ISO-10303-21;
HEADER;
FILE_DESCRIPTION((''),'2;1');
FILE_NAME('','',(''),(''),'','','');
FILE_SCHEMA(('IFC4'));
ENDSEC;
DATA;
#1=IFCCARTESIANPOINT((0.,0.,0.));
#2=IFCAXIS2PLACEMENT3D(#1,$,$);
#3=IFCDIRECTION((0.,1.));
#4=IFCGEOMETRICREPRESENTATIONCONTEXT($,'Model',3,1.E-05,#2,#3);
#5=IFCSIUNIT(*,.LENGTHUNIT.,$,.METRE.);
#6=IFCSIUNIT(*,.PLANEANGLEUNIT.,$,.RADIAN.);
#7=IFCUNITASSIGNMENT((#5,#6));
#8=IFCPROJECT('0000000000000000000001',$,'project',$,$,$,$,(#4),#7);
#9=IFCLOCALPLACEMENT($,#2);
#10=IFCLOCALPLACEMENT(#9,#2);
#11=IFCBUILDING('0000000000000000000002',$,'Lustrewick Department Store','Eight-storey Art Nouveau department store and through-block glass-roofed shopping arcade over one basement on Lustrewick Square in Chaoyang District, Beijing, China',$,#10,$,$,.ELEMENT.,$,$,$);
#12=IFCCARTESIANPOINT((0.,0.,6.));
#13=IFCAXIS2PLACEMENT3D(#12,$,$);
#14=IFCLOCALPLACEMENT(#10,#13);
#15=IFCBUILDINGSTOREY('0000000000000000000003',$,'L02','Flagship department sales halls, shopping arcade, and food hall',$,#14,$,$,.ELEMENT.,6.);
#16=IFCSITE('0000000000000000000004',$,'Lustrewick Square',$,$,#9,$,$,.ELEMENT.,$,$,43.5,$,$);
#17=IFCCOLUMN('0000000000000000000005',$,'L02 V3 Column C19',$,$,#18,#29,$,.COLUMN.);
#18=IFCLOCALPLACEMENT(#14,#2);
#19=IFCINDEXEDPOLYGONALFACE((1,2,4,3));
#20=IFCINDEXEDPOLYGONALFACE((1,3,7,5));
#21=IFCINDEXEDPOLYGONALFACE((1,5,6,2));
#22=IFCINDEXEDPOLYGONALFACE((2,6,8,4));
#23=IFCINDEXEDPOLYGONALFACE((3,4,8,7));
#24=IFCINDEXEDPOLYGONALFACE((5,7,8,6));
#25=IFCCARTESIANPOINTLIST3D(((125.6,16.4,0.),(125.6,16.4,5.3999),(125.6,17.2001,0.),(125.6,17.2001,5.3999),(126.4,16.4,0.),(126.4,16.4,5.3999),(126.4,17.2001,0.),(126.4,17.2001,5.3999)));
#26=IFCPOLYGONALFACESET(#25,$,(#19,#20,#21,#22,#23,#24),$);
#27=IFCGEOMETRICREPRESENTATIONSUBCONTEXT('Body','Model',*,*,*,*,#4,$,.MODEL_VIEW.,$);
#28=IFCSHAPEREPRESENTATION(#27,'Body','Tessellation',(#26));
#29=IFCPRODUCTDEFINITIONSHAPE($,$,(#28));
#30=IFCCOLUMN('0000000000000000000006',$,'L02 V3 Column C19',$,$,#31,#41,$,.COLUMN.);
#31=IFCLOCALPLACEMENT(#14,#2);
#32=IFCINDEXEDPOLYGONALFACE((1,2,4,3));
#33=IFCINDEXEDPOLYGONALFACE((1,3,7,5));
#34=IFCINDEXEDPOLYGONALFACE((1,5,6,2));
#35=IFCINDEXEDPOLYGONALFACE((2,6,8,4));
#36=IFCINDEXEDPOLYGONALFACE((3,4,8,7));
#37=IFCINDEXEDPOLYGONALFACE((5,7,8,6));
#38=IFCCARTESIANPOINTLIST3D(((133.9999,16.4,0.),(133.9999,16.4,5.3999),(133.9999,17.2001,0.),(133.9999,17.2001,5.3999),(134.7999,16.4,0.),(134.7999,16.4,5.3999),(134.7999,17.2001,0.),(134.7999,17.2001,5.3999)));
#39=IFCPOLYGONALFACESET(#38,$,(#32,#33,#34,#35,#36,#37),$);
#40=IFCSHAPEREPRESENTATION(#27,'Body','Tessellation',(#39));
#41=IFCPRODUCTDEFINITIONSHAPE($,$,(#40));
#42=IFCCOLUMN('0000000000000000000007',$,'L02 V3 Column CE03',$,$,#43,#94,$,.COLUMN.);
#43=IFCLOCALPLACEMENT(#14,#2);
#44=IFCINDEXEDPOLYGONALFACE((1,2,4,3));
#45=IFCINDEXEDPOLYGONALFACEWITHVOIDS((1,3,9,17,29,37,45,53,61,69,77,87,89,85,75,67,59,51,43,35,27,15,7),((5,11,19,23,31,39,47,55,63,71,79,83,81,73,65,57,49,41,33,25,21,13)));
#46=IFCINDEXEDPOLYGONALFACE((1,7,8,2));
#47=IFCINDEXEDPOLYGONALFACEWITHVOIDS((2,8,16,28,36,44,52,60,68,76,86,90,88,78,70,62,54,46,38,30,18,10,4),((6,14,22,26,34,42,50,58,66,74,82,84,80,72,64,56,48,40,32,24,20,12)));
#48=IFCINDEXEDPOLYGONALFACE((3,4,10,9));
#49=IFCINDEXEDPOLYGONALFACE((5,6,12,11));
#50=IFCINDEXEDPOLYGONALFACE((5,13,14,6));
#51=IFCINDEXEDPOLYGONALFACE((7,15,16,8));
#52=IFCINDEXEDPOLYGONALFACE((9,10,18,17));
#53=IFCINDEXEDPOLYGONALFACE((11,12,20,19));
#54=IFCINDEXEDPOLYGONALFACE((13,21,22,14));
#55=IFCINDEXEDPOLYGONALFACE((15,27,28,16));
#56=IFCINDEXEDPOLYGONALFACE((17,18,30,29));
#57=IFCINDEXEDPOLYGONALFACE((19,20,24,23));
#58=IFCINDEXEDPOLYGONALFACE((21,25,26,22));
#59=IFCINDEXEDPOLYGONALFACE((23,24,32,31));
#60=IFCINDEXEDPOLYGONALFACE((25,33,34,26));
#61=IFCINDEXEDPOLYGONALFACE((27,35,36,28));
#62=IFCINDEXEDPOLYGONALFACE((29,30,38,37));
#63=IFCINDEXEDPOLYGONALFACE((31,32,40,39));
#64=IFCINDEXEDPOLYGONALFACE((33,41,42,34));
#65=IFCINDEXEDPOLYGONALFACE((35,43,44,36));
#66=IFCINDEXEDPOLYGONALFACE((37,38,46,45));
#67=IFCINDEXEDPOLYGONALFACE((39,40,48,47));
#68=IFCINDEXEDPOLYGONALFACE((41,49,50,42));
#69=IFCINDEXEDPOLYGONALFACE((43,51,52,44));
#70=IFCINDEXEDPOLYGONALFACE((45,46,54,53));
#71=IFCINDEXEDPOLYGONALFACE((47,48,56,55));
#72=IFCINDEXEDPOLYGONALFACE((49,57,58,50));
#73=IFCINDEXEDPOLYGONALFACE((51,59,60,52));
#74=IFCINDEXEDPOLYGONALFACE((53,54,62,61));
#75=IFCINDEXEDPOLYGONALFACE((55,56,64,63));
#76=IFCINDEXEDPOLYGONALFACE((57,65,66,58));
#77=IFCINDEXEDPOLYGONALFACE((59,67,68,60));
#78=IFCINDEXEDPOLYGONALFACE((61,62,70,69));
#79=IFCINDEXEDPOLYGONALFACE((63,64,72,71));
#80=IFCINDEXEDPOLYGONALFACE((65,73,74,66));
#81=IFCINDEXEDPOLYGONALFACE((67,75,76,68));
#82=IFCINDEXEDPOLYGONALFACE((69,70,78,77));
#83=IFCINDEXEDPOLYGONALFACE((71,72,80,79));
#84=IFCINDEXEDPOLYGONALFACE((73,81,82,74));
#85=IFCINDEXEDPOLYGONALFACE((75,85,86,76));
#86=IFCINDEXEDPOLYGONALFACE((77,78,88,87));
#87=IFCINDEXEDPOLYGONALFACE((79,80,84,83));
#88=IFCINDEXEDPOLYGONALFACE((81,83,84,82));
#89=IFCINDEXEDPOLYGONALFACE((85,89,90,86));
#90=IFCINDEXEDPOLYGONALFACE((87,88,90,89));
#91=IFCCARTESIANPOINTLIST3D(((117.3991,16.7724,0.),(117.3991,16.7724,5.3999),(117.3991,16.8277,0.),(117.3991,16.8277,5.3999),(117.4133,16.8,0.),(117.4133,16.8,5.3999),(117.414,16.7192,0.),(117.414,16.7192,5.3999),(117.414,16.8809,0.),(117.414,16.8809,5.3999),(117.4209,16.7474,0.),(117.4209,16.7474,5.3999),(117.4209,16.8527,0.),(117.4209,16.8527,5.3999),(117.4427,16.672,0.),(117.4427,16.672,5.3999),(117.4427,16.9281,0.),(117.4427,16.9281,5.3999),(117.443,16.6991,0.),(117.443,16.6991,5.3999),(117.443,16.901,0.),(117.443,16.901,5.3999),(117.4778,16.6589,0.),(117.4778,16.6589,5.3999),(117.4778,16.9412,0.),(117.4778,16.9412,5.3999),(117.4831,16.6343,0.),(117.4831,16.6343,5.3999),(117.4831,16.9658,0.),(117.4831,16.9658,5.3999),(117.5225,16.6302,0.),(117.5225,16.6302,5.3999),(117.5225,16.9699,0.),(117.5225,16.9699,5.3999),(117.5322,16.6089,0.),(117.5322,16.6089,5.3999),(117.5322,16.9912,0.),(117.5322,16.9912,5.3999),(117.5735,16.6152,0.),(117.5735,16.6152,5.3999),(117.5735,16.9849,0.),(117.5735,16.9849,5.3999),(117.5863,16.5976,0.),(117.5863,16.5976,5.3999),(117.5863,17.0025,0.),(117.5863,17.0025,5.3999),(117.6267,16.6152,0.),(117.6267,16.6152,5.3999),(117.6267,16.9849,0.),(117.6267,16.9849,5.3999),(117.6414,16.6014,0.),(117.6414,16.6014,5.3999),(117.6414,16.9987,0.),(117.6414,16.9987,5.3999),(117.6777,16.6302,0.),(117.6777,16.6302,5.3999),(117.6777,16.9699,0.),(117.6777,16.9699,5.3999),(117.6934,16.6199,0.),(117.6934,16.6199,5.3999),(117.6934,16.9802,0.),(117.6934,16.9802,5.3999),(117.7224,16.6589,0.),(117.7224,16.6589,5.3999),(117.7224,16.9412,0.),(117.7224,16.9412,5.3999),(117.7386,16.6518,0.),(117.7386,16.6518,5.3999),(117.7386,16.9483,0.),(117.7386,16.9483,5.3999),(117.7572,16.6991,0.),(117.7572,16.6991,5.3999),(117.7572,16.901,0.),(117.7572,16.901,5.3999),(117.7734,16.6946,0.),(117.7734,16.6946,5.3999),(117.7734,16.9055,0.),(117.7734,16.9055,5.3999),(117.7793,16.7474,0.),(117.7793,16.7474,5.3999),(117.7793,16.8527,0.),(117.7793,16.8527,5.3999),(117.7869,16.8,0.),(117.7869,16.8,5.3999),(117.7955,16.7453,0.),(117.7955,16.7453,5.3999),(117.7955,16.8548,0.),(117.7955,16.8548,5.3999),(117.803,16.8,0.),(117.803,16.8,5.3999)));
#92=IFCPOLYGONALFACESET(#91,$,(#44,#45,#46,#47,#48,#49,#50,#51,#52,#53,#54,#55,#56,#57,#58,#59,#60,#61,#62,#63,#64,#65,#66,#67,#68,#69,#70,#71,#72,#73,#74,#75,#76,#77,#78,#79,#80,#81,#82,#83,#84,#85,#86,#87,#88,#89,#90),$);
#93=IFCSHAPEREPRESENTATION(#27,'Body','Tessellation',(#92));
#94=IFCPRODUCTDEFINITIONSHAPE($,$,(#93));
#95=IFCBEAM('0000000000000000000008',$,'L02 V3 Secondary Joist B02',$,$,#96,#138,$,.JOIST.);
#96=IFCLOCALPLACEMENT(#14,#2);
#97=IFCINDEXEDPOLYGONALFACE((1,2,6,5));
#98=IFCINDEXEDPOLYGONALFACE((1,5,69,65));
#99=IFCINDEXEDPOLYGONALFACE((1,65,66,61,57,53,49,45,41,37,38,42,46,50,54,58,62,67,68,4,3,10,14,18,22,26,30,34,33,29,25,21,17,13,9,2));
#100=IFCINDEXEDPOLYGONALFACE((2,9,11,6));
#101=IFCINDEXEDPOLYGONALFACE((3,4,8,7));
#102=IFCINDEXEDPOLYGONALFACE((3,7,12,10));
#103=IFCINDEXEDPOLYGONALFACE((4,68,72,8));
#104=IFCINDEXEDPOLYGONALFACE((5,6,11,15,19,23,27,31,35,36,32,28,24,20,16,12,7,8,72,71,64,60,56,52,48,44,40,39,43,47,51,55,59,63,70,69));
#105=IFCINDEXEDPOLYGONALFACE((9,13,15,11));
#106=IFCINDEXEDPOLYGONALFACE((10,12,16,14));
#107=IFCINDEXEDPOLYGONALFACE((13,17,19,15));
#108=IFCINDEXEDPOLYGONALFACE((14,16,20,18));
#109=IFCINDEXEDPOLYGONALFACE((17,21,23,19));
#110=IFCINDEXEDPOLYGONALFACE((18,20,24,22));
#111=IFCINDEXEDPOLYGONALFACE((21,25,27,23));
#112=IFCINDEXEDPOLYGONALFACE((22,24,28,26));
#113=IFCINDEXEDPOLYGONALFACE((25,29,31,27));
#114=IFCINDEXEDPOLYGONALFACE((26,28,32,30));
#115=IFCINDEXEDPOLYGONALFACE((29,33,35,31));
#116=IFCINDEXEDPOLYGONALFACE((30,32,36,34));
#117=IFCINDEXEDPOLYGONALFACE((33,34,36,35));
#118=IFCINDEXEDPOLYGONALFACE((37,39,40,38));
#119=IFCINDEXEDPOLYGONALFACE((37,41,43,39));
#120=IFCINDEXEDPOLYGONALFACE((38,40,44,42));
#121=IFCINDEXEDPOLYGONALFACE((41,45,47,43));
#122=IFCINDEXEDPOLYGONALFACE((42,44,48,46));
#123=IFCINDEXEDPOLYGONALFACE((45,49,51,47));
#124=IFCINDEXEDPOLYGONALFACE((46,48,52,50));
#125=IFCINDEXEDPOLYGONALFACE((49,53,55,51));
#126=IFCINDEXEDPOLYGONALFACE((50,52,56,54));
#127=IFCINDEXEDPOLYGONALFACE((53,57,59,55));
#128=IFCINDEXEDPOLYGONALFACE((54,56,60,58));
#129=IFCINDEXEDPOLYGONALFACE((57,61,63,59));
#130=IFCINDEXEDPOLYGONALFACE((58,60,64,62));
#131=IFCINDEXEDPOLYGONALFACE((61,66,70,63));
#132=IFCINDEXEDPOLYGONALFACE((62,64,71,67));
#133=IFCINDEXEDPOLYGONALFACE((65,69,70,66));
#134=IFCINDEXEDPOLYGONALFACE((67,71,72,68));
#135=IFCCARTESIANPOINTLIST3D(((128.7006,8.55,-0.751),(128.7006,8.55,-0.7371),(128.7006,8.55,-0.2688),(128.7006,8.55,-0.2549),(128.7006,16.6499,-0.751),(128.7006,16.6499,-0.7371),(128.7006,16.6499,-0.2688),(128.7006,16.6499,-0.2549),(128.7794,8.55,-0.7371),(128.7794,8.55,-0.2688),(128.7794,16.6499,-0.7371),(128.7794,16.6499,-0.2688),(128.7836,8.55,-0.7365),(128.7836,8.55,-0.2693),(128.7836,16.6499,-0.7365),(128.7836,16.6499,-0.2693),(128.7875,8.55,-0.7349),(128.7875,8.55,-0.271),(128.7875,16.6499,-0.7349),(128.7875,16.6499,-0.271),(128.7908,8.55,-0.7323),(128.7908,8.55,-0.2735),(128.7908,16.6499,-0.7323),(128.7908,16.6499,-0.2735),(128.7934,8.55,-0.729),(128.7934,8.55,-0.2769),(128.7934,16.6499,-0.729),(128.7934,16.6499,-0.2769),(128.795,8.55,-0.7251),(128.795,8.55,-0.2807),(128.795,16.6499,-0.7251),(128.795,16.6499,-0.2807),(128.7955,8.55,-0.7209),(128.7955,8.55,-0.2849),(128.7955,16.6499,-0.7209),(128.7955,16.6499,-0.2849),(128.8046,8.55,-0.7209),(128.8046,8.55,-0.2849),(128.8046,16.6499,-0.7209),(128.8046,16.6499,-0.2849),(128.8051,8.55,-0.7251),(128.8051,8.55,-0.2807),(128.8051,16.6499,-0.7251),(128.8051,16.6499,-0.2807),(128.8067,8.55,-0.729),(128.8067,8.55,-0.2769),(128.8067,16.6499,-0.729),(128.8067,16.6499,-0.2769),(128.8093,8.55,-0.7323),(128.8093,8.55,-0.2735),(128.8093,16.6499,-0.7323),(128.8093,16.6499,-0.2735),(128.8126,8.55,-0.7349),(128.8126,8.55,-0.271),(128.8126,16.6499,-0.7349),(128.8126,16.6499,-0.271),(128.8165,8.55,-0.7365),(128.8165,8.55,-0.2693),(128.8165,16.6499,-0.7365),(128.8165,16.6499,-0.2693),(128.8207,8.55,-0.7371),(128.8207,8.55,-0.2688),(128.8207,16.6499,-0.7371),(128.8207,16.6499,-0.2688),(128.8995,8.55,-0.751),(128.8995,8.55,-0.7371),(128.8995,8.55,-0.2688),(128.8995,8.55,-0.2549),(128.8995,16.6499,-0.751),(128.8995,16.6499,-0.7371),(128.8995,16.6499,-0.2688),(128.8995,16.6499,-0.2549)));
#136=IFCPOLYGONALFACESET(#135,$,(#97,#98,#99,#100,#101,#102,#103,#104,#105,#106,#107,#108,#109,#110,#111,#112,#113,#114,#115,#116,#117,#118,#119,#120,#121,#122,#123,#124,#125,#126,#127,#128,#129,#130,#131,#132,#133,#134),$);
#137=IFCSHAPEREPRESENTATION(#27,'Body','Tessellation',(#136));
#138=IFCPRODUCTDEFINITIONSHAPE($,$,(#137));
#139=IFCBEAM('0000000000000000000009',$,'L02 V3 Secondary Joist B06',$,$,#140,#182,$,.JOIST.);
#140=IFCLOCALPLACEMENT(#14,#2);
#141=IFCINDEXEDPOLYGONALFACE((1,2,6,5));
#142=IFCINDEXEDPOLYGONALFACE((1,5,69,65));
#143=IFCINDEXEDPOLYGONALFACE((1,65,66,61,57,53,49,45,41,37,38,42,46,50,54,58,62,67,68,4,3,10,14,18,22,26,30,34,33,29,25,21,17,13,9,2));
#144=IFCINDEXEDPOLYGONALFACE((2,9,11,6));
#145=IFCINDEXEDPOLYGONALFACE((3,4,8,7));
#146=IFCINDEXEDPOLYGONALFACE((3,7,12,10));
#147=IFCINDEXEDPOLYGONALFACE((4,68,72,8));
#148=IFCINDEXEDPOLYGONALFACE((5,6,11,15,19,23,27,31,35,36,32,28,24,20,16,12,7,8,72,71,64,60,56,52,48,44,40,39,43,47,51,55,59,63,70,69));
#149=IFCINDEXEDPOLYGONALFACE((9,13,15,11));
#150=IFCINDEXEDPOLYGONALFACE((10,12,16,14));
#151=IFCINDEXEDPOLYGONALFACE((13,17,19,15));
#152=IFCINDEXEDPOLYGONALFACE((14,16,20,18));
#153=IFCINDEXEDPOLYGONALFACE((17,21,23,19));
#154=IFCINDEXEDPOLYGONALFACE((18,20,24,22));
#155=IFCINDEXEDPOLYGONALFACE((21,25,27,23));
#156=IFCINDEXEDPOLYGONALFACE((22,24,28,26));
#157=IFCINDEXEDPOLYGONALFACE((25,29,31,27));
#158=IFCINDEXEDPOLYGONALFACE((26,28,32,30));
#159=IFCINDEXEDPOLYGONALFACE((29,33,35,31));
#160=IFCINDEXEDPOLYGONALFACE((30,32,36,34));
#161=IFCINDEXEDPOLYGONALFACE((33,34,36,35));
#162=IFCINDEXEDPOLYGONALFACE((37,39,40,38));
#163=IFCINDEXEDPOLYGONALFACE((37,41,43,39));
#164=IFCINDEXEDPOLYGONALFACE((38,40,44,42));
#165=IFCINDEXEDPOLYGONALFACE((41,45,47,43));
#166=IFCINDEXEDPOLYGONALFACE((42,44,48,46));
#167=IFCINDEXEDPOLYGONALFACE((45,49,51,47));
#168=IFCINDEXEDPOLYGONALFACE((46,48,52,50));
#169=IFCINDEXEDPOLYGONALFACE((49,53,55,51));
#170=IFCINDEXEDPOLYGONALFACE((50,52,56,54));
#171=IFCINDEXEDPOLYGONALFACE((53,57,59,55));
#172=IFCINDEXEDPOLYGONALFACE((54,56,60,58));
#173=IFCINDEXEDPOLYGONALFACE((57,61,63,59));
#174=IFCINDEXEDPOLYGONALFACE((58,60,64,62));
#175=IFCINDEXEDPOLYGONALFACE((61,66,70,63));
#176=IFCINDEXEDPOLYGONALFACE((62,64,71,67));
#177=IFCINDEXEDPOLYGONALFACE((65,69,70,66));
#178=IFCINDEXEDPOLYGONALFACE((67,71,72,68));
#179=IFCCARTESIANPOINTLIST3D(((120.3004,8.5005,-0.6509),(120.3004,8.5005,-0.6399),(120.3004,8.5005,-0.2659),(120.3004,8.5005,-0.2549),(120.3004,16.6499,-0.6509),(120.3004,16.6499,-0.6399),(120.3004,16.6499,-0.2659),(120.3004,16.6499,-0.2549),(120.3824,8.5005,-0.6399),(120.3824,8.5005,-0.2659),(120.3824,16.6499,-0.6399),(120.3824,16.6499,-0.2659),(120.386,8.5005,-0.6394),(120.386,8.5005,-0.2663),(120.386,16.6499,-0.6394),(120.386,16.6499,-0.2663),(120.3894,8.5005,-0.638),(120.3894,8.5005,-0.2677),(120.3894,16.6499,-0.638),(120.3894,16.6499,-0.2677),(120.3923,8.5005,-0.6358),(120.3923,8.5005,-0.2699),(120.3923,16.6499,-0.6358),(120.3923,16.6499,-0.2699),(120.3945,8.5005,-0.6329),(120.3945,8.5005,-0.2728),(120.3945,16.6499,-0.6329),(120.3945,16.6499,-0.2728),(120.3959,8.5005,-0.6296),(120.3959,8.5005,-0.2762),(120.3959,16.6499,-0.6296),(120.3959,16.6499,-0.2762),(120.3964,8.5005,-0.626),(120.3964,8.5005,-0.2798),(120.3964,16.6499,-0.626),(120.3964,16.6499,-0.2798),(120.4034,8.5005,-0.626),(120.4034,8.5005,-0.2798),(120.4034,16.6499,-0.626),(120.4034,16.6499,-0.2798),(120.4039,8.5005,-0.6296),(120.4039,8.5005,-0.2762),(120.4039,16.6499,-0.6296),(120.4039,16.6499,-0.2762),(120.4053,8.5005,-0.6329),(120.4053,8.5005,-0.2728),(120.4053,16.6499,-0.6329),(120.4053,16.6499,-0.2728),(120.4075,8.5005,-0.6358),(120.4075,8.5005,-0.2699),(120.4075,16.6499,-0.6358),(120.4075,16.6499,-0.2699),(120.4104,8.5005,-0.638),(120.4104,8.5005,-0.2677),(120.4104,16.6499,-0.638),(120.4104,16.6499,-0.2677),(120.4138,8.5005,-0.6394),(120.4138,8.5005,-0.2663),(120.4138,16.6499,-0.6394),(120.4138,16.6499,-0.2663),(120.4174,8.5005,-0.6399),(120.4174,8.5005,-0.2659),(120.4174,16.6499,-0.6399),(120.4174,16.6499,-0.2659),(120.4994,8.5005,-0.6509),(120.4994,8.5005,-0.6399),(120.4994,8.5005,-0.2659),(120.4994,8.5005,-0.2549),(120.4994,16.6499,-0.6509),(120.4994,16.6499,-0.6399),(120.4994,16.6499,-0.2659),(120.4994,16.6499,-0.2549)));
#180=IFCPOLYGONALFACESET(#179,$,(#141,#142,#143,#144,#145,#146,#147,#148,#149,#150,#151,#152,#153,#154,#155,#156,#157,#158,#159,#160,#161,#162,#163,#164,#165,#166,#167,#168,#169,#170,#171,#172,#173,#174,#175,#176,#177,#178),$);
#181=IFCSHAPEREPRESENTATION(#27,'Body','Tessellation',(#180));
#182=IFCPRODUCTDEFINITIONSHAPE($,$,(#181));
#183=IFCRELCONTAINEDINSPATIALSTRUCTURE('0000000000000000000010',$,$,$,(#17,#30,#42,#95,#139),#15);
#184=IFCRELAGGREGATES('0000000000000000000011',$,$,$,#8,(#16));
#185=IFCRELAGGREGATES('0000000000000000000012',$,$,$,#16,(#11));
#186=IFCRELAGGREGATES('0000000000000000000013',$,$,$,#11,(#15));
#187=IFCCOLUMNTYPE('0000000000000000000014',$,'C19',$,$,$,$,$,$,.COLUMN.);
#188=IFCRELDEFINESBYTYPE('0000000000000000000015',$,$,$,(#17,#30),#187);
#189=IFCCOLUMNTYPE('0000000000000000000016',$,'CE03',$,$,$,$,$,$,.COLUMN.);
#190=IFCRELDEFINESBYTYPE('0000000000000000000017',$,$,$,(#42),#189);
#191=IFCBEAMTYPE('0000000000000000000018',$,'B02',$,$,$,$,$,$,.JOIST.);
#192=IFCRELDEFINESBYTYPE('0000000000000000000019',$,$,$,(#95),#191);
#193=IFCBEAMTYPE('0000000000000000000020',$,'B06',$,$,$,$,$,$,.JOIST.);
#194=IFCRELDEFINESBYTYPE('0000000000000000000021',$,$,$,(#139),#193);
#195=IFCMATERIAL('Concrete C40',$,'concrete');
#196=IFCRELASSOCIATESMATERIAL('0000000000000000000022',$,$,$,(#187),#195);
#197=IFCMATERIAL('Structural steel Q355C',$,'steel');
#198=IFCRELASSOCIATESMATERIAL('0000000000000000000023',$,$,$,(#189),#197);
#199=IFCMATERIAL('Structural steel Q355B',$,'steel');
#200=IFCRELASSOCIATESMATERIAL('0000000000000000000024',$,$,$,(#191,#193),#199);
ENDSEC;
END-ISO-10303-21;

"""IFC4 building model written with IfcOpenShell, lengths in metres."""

from ifc_helpers import new_model, si_unit, direction, frame, origin, origin_2d, place, context, subcontext, project, spatial, rectangle, hollow_circle, i_section, extrude, material, material_profile, profile_set, type_object, element, save


model = new_model("IFC4")

# Units and contexts
model_context = context("Model", 3, precision=1e-05, world=origin(), true_north=direction((0.0, 1.0)))
body_context = subcontext(model_context, "Body", "Model", "MODEL_VIEW")
ifc_project = project(units=[si_unit("LENGTHUNIT", "METRE"), si_unit("PLANEANGLEUNIT", "RADIAN")], contexts=[model_context])

# Site, building, storey
site_placement = place(None, origin())
site = spatial("IfcSite", under=ifc_project, at=site_placement, Name="Lustrewick Square", CompositionType="ELEMENT", RefElevation=43.5)
building_placement = place(site_placement, origin())
building = spatial("IfcBuilding", under=site, at=building_placement, Name="Lustrewick Department Store", Description="Eight-storey Art Nouveau department store and through-block glass-roofed shopping arcade over one basement on Lustrewick Square in Chaoyang District, Beijing, China", CompositionType="ELEMENT")
storey_placement = place(building_placement, frame((0.0, 0.0, 6.0)))
storey = spatial("IfcBuildingStorey", under=building, at=storey_placement, Name="L02", Description="Flagship department sales halls, shopping arcade, and food hall", CompositionType="ELEMENT", Elevation=6.0)

# Columns
ifc_material_1 = material(Name="Concrete C40", Category="concrete")
ifc_material_profile_1 = material_profile(ifc_material_1, rectangle(XDim=0.8, YDim=0.8, at=origin_2d()), Name="RC 800x800")
ifc_profile_set_1 = profile_set([ifc_material_profile_1], Name="Concrete C40")
column_type_1 = type_object("IfcColumnType", Name="C19", PredefinedType="COLUMN", material=ifc_profile_set_1)
for number, where, z_axis, x_axis, name in (
    (1, (126.0, 16.8, 0.0), (0.0, 0.0, 1.0), (1.0, 0.0, 0.0), "L02 V3 Column C19"),
    (2, (134.3999, 16.8, 0.0), (0.0, 0.0, 1.0), (1.0, 0.0, 0.0), "L02 V3 Column C19"),
):
    element("IfcColumn", number, at=place(storey_placement, frame(where, z_axis=z_axis, x_axis=x_axis)), inside=storey, type_object=column_type_1, Name=name, PredefinedType="COLUMN", context=body_context, shape_type="SweptSolid", body=[
        extrude(rectangle(XDim=0.8, YDim=0.8, at=origin_2d()), origin(), (0.0, 0.0, 1.0), 5.3999),
    ])
ifc_material_2 = material(Name="Structural steel Q355C", Category="steel")
ifc_material_profile_2 = material_profile(ifc_material_2, hollow_circle(Radius=0.2029, WallThickness=0.0161, at=origin_2d()), Name="CHS 406x16")
ifc_profile_set_2 = profile_set([ifc_material_profile_2], Name="Structural steel Q355C")
column_type_2 = type_object("IfcColumnType", Name="CE03", PredefinedType="COLUMN", material=ifc_profile_set_2)
column_placement = place(storey_placement, frame((117.6001, 16.8, 0.0), z_axis=(0.0, 0.0, 1.0), x_axis=(1.0, 0.0, 0.0)))
element("IfcColumn", 3, at=column_placement, inside=storey, type_object=column_type_2, Name="L02 V3 Column CE03", PredefinedType="COLUMN", context=body_context, shape_type="SweptSolid", body=[
    extrude(hollow_circle(Radius=0.2029, WallThickness=0.0161, at=origin_2d()), origin(), (0.0, 0.0, 1.0), 5.3999),
])

# Beams
ifc_material_3 = material(Name="Structural steel Q355B", Category="steel")
ifc_material_profile_3 = material_profile(ifc_material_3, i_section(OverallWidth=0.199, OverallDepth=0.4961, WebThickness=0.009, FlangeThickness=0.0139, FilletRadius=0.0161, at=origin_2d()), Name="HN 496x199x9x14")
ifc_profile_set_3 = profile_set([ifc_material_profile_3], Name="Structural steel Q355B")
beam_type_1 = type_object("IfcBeamType", Name="B02", PredefinedType="JOIST", material=ifc_profile_set_3)
beam_1_placement = place(storey_placement, frame((128.8, 8.55, -0.5029), z_axis=(0.0, 1.0, 0.0), x_axis=(-1.0, 0.0, 0.0)))
element("IfcBeam", 4, at=beam_1_placement, inside=storey, type_object=beam_type_1, Name="L02 V3 Secondary Joist B02", PredefinedType="JOIST", context=body_context, shape_type="SweptSolid", body=[
    extrude(i_section(OverallWidth=0.199, OverallDepth=0.4961, WebThickness=0.009, FlangeThickness=0.0139, FilletRadius=0.0161, at=origin_2d()), origin(), (0.0, 0.0, 1.0), 8.0999),
])
ifc_material_profile_4 = material_profile(ifc_material_3, i_section(OverallWidth=0.199, OverallDepth=0.396, WebThickness=0.0071, FlangeThickness=0.011, FilletRadius=0.0139, at=origin_2d()), Name="HN 396x199x7x11")
ifc_profile_set_4 = profile_set([ifc_material_profile_4], Name="Structural steel Q355B")
beam_type_2 = type_object("IfcBeamType", Name="B06", PredefinedType="JOIST", material=ifc_profile_set_4)
beam_2_placement = place(storey_placement, frame((120.3999, 8.5005, -0.4529), z_axis=(0.0, 1.0, 0.0), x_axis=(-1.0, 0.0, 0.0)))
element("IfcBeam", 5, at=beam_2_placement, inside=storey, type_object=beam_type_2, Name="L02 V3 Secondary Joist B06", PredefinedType="JOIST", context=body_context, shape_type="SweptSolid", body=[
    extrude(i_section(OverallWidth=0.199, OverallDepth=0.396, WebThickness=0.0071, FlangeThickness=0.011, FilletRadius=0.0139, at=origin_2d()), origin(), (0.0, 0.0, 1.0), 8.1494),
])

save(model, "model.ifc")
